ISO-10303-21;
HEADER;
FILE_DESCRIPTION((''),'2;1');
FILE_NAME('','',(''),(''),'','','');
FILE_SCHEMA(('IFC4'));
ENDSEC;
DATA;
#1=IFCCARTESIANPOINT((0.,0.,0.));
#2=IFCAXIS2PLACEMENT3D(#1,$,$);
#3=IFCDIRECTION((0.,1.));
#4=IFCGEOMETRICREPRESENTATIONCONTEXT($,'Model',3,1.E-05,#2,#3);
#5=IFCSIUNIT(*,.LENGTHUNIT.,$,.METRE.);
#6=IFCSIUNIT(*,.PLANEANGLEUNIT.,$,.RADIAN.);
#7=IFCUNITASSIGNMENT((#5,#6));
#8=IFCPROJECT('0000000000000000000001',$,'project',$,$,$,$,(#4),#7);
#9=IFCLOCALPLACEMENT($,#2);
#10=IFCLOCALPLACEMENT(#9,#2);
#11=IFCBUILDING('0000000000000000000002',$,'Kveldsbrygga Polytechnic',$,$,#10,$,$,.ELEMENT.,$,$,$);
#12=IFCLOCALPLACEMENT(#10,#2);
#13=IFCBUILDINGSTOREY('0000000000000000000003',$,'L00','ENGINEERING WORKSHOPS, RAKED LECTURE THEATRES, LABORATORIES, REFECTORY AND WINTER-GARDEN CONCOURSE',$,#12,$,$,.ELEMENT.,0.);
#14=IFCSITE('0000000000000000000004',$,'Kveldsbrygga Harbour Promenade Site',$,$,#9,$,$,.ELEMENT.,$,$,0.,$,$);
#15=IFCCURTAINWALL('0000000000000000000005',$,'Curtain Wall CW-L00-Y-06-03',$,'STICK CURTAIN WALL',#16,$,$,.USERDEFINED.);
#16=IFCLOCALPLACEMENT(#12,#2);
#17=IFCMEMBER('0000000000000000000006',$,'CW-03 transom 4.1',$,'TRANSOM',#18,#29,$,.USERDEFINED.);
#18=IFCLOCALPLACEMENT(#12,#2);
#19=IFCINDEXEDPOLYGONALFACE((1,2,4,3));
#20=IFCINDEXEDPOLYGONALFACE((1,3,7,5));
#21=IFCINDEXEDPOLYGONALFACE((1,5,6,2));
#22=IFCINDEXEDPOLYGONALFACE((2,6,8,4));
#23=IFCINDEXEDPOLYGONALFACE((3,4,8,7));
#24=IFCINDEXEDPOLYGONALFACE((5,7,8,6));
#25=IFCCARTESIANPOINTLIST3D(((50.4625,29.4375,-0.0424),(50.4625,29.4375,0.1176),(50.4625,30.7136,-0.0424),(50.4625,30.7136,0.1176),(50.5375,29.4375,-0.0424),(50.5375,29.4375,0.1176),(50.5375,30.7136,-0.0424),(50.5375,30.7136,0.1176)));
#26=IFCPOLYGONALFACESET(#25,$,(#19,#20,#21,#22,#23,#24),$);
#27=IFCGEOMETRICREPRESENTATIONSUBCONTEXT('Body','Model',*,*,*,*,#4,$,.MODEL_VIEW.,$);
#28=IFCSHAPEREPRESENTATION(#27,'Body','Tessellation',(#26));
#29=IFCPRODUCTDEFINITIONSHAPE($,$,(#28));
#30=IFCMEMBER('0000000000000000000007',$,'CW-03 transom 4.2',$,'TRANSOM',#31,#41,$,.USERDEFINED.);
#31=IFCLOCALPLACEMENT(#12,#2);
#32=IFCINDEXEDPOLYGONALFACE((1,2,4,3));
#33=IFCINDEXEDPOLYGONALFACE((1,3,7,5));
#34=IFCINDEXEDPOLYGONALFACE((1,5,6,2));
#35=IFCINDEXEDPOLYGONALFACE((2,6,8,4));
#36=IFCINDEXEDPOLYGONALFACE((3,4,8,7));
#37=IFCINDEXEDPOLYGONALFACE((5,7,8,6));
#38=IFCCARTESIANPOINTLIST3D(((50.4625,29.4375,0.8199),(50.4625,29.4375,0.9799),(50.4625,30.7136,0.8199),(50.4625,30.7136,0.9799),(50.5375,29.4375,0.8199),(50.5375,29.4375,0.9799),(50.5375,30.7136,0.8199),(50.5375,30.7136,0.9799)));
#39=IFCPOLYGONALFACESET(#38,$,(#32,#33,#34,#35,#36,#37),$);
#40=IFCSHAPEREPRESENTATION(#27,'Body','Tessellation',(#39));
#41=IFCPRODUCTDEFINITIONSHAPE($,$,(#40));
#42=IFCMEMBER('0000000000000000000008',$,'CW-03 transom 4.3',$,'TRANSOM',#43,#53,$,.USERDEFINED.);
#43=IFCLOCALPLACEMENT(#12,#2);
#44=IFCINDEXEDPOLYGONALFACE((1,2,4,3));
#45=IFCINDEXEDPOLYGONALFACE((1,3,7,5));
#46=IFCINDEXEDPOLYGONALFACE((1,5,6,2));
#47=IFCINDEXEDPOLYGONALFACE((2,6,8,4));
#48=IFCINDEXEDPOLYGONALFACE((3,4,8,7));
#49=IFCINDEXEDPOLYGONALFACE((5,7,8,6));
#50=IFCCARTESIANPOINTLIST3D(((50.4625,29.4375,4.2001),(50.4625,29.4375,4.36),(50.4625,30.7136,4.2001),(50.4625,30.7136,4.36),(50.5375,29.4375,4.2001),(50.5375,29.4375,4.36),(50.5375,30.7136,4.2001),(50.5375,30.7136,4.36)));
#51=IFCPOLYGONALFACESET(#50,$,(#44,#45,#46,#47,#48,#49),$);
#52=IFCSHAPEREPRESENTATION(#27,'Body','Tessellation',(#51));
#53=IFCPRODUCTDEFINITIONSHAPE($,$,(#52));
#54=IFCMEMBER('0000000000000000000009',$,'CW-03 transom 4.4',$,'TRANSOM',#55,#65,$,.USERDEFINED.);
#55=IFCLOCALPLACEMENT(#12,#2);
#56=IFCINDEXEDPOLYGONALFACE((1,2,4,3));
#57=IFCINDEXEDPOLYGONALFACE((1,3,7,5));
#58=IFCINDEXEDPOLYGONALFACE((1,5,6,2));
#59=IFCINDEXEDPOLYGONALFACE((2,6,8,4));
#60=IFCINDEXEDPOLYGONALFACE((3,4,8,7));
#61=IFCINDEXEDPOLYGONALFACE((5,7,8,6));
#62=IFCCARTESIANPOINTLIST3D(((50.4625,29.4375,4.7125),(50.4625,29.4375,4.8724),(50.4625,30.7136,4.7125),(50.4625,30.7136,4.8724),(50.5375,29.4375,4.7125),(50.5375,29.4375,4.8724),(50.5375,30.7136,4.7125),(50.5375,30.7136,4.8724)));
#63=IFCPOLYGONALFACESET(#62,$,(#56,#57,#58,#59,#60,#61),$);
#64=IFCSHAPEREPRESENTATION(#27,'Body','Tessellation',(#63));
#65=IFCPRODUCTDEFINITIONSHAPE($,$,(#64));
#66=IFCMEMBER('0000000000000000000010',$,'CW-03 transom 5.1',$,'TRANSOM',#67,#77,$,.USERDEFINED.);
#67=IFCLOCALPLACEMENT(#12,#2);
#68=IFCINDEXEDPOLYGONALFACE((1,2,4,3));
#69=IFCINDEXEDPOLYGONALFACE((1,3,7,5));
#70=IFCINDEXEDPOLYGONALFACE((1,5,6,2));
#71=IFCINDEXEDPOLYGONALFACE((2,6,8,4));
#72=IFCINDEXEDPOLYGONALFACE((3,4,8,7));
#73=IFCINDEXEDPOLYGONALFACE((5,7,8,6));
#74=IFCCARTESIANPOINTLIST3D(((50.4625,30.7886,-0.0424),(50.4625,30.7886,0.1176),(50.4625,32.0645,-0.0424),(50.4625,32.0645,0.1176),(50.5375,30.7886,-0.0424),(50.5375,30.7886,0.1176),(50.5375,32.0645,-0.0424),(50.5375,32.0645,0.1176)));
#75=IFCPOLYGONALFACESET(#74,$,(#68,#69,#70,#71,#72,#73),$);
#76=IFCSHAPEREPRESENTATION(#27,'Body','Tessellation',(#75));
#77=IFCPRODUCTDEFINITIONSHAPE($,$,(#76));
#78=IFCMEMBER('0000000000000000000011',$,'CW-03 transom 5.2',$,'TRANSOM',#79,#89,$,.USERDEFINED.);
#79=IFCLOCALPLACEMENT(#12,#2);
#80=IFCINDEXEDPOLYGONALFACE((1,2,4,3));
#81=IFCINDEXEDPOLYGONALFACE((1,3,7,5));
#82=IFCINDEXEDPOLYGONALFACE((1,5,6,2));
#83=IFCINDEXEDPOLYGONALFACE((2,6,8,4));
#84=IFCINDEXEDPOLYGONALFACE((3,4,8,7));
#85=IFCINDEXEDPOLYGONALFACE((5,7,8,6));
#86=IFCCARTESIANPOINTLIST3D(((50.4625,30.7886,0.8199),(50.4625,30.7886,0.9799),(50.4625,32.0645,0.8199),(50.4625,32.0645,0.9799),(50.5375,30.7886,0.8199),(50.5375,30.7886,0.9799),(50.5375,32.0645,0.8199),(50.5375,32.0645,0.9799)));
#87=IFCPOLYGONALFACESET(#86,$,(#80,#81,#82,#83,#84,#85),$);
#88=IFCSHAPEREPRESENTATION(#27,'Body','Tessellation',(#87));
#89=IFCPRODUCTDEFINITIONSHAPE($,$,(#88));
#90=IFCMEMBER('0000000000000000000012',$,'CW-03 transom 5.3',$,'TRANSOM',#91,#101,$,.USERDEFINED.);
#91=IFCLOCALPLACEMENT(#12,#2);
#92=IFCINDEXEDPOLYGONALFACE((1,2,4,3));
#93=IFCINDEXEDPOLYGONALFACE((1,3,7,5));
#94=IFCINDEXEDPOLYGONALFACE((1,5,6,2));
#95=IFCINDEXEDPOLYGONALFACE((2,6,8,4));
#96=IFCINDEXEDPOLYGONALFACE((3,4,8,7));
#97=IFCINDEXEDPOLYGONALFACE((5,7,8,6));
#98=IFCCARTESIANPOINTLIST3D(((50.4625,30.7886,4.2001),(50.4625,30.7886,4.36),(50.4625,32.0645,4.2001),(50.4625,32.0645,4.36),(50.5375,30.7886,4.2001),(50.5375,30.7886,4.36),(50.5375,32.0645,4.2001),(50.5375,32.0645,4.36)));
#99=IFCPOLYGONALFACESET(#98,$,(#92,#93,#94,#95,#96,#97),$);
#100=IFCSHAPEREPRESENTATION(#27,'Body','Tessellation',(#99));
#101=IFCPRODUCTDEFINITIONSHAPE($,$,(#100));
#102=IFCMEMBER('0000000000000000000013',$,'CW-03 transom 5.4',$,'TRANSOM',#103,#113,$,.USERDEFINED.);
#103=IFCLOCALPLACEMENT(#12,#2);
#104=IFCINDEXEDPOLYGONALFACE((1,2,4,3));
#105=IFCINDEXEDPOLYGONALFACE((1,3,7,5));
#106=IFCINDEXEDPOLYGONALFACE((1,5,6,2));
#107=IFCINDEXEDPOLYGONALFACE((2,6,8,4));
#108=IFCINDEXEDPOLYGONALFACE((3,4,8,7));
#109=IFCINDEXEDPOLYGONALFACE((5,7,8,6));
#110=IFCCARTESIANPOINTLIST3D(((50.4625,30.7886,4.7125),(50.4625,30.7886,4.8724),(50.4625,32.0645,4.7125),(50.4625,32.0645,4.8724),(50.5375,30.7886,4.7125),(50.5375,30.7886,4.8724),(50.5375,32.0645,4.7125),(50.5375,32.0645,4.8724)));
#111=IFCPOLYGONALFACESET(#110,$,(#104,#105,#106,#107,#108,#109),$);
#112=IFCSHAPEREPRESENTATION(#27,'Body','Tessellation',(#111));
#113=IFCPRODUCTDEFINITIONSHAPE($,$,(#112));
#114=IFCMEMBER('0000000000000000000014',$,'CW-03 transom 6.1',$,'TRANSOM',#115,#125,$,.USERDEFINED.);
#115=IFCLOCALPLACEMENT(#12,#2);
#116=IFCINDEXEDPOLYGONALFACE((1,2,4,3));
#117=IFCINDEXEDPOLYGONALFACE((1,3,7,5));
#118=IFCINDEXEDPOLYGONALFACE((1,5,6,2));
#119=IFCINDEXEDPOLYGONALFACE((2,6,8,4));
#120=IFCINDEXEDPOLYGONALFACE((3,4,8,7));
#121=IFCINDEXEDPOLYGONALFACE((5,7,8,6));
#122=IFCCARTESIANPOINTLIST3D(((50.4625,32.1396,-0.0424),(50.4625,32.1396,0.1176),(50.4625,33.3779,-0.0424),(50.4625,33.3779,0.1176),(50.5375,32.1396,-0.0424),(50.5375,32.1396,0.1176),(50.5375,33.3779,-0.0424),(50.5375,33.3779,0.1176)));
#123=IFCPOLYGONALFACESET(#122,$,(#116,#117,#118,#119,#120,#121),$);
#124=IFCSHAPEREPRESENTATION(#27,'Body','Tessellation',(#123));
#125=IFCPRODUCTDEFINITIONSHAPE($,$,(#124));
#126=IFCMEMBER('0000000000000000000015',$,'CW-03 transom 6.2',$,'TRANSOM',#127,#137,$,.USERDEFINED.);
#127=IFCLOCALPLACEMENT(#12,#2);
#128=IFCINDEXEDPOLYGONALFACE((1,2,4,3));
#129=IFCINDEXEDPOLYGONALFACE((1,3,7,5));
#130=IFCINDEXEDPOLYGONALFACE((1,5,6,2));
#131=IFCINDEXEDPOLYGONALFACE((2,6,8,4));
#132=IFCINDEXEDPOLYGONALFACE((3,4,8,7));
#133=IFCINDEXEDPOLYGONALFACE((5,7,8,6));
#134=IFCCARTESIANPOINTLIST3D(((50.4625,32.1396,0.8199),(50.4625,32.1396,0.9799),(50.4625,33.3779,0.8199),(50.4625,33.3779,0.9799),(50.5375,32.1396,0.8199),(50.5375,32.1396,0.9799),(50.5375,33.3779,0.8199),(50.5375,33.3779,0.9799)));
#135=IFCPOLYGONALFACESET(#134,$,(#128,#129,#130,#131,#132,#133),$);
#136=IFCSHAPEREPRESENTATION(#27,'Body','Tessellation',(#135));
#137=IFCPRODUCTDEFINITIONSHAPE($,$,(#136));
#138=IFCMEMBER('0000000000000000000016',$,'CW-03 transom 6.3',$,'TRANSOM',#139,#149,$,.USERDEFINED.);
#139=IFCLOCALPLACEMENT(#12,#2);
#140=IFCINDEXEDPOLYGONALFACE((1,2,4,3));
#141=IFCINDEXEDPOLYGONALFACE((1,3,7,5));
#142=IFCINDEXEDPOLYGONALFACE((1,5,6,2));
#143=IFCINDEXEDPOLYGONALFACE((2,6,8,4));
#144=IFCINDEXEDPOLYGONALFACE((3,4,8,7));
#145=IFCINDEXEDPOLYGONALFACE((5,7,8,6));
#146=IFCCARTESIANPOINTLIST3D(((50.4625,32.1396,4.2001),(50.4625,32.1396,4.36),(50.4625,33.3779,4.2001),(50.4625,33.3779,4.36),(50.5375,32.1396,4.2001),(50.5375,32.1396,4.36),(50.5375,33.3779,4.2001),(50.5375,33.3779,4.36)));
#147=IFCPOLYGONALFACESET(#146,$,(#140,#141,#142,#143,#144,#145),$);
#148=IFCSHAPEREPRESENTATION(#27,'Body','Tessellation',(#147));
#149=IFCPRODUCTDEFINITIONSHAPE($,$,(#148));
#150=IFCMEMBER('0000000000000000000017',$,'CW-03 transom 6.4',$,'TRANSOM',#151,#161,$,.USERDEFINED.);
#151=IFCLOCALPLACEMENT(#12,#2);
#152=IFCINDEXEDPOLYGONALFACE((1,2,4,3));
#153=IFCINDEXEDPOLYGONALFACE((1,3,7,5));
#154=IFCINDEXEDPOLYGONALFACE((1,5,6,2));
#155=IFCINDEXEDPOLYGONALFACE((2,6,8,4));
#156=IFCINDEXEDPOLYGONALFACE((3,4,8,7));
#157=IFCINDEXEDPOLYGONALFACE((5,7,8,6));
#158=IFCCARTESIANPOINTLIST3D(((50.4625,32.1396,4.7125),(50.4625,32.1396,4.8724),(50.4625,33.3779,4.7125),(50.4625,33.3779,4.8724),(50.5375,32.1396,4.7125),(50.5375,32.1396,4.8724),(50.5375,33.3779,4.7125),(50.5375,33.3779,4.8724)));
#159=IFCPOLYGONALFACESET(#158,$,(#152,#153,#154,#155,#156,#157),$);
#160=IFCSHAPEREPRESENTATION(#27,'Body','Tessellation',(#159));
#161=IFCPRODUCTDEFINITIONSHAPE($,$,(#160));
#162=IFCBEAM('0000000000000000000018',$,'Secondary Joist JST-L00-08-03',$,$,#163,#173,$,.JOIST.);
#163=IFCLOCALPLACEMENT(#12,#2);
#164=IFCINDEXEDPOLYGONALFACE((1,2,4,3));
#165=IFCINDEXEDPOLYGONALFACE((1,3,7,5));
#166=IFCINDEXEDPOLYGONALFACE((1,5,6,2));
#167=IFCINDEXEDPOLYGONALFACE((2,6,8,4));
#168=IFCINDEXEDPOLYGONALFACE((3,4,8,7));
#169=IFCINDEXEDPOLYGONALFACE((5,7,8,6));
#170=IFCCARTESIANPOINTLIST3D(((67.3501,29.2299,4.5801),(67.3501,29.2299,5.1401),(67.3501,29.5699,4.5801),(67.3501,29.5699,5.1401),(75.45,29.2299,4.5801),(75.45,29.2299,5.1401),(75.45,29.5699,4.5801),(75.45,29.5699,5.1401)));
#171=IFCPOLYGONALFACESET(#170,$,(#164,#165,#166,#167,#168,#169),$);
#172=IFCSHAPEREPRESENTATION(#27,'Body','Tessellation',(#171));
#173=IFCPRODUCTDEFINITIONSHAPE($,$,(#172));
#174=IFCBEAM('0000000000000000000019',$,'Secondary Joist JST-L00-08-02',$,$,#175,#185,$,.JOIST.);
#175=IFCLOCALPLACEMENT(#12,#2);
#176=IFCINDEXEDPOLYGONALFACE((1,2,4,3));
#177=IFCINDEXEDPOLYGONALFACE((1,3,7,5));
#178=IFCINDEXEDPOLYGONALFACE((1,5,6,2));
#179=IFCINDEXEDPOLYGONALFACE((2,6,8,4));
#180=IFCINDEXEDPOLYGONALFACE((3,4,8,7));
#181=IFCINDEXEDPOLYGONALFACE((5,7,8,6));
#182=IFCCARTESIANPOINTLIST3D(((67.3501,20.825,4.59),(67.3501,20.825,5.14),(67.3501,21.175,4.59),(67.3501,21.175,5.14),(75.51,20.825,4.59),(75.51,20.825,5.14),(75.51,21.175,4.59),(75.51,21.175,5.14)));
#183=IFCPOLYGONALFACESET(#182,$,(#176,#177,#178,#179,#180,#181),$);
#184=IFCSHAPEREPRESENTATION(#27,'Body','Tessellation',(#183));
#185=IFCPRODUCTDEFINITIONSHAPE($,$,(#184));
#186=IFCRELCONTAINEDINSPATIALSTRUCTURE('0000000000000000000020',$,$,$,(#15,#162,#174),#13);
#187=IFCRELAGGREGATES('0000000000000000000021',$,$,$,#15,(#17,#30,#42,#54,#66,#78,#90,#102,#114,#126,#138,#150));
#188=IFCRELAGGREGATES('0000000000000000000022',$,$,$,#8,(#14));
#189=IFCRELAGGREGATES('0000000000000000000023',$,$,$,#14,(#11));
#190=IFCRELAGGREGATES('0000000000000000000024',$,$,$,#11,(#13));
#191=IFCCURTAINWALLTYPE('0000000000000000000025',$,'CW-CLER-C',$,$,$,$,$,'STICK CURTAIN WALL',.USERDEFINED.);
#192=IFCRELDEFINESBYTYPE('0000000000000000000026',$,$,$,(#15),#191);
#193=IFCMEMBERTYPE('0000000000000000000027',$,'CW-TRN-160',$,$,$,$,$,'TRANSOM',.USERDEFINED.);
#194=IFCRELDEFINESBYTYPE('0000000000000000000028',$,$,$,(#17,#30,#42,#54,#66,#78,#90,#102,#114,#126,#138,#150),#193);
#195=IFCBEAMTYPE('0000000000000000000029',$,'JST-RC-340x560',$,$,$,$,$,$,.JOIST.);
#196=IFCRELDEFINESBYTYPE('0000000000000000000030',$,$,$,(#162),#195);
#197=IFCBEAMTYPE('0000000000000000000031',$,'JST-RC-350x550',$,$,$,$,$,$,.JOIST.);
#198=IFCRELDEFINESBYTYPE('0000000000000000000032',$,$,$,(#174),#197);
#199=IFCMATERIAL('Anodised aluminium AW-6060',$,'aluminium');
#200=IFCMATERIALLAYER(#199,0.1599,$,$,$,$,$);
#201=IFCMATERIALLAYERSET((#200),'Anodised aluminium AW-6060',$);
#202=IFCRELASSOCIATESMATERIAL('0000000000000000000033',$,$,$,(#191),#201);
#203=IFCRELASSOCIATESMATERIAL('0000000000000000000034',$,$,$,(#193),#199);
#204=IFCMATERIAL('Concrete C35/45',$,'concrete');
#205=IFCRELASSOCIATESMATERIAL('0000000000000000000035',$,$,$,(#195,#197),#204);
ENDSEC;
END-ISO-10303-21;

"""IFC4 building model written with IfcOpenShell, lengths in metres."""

from ifc_helpers import new_model, si_unit, direction, frame, origin, origin_2d, place, context, subcontext, project, spatial, rectangle, extrude, material, layer, layer_set, material_profile, profile_set, type_object, element, aggregate, save


model = new_model("IFC4")

# Units and contexts
model_context = context("Model", 3, precision=1e-05, world=origin(), true_north=direction((0.0, 1.0)))
body_context = subcontext(model_context, "Body", "Model", "MODEL_VIEW")
ifc_project = project(units=[si_unit("LENGTHUNIT", "METRE"), si_unit("PLANEANGLEUNIT", "RADIAN")], contexts=[model_context])

# Site, building, storey
site_placement = place(None, origin())
site = spatial("IfcSite", under=ifc_project, at=site_placement, Name="Kveldsbrygga Harbour Promenade Site", CompositionType="ELEMENT", RefElevation=0.0)
building_placement = place(site_placement, origin())
building = spatial("IfcBuilding", under=site, at=building_placement, Name="Kveldsbrygga Polytechnic", CompositionType="ELEMENT")
storey_placement = place(building_placement, origin())
storey = spatial("IfcBuildingStorey", under=building, at=storey_placement, Name="L00", Description="ENGINEERING WORKSHOPS, RAKED LECTURE THEATRES, LABORATORIES, REFECTORY AND WINTER-GARDEN CONCOURSE", CompositionType="ELEMENT", Elevation=0.0)

# Shared definitions
ifc_material_1 = material(Name="Concrete C35/45", Category="concrete")

# Shared definitions
ifc_material_2 = material(Name="Anodised aluminium AW-6060", Category="aluminium")

# Curtain wall, members
ifc_layer_1 = layer(ifc_material_2, 0.1599)
ifc_layer_set_1 = layer_set([ifc_layer_1], Name="Anodised aluminium AW-6060")
curtain_wall_type_1 = type_object("IfcCurtainWallType", Name="CW-CLER-C", ElementType="STICK CURTAIN WALL", PredefinedType="USERDEFINED", material=ifc_layer_set_1)
curtain_wall_1_placement = place(storey_placement, origin())
curtain_wall_1 = element("IfcCurtainWall", 1, at=curtain_wall_1_placement, inside=storey, type_object=curtain_wall_type_1, Name="Curtain Wall CW-L00-Y-06-03", ObjectType="STICK CURTAIN WALL", PredefinedType="USERDEFINED")
ifc_material_profile_1 = material_profile(ifc_material_2, rectangle(XDim=0.075, YDim=0.1599, at=origin_2d()), Name="ALU 75x160")
ifc_profile_set_1 = profile_set([ifc_material_profile_1], Name="Anodised aluminium AW-6060")
member_type_1 = type_object("IfcMemberType", Name="CW-TRN-160", ElementType="TRANSOM", PredefinedType="USERDEFINED", material=ifc_profile_set_1)
member_1_placement = place(storey_placement, frame((50.5, 29.4375, 0.0376), z_axis=(0.0, 1.0, 0.0), x_axis=(-1.0, 0.0, 0.0)))
member_1 = element("IfcMember", 2, at=member_1_placement, type_object=member_type_1, Name="CW-03 transom 4.1", ObjectType="TRANSOM", PredefinedType="USERDEFINED", context=body_context, shape_type="SweptSolid", body=[
    extrude(rectangle(XDim=0.075, YDim=0.1599, at=origin_2d()), origin(), (0.0, 0.0, 1.0), 1.2761),
])
member_2_placement = place(storey_placement, frame((50.5, 29.4375, 0.8999), z_axis=(0.0, 1.0, 0.0), x_axis=(-1.0, 0.0, 0.0)))
member_2 = element("IfcMember", 3, at=member_2_placement, type_object=member_type_1, Name="CW-03 transom 4.2", ObjectType="TRANSOM", PredefinedType="USERDEFINED", context=body_context, shape_type="SweptSolid", body=[
    extrude(rectangle(XDim=0.075, YDim=0.1599, at=origin_2d()), origin(), (0.0, 0.0, 1.0), 1.2761),
])
member_3_placement = place(storey_placement, frame((50.5, 29.4375, 4.28), z_axis=(0.0, 1.0, 0.0), x_axis=(-1.0, 0.0, 0.0)))
member_3 = element("IfcMember", 4, at=member_3_placement, type_object=member_type_1, Name="CW-03 transom 4.3", ObjectType="TRANSOM", PredefinedType="USERDEFINED", context=body_context, shape_type="SweptSolid", body=[
    extrude(rectangle(XDim=0.075, YDim=0.1599, at=origin_2d()), origin(), (0.0, 0.0, 1.0), 1.2761),
])
member_4_placement = place(storey_placement, frame((50.5, 29.4375, 4.7925), z_axis=(0.0, 1.0, 0.0), x_axis=(-1.0, 0.0, 0.0)))
member_4 = element("IfcMember", 5, at=member_4_placement, type_object=member_type_1, Name="CW-03 transom 4.4", ObjectType="TRANSOM", PredefinedType="USERDEFINED", context=body_context, shape_type="SweptSolid", body=[
    extrude(rectangle(XDim=0.075, YDim=0.1599, at=origin_2d()), origin(), (0.0, 0.0, 1.0), 1.2761),
])
member_5_placement = place(storey_placement, frame((50.5, 30.7886, 0.0376), z_axis=(0.0, 1.0, 0.0), x_axis=(-1.0, 0.0, 0.0)))
member_5 = element("IfcMember", 6, at=member_5_placement, type_object=member_type_1, Name="CW-03 transom 5.1", ObjectType="TRANSOM", PredefinedType="USERDEFINED", context=body_context, shape_type="SweptSolid", body=[
    extrude(rectangle(XDim=0.075, YDim=0.1599, at=origin_2d()), origin(), (0.0, 0.0, 1.0), 1.2759),
])
member_6_placement = place(storey_placement, frame((50.5, 30.7886, 0.8999), z_axis=(0.0, 1.0, 0.0), x_axis=(-1.0, 0.0, 0.0)))
member_6 = element("IfcMember", 7, at=member_6_placement, type_object=member_type_1, Name="CW-03 transom 5.2", ObjectType="TRANSOM", PredefinedType="USERDEFINED", context=body_context, shape_type="SweptSolid", body=[
    extrude(rectangle(XDim=0.075, YDim=0.1599, at=origin_2d()), origin(), (0.0, 0.0, 1.0), 1.2759),
])
member_7_placement = place(storey_placement, frame((50.5, 30.7886, 4.28), z_axis=(0.0, 1.0, 0.0), x_axis=(-1.0, 0.0, 0.0)))
member_7 = element("IfcMember", 8, at=member_7_placement, type_object=member_type_1, Name="CW-03 transom 5.3", ObjectType="TRANSOM", PredefinedType="USERDEFINED", context=body_context, shape_type="SweptSolid", body=[
    extrude(rectangle(XDim=0.075, YDim=0.1599, at=origin_2d()), origin(), (0.0, 0.0, 1.0), 1.2759),
])
member_8_placement = place(storey_placement, frame((50.5, 30.7886, 4.7925), z_axis=(0.0, 1.0, 0.0), x_axis=(-1.0, 0.0, 0.0)))
member_8 = element("IfcMember", 9, at=member_8_placement, type_object=member_type_1, Name="CW-03 transom 5.4", ObjectType="TRANSOM", PredefinedType="USERDEFINED", context=body_context, shape_type="SweptSolid", body=[
    extrude(rectangle(XDim=0.075, YDim=0.1599, at=origin_2d()), origin(), (0.0, 0.0, 1.0), 1.2759),
])
member_9_placement = place(storey_placement, frame((50.5, 32.1396, 0.0376), z_axis=(0.0, 1.0, 0.0), x_axis=(-1.0, 0.0, 0.0)))
member_9 = element("IfcMember", 10, at=member_9_placement, type_object=member_type_1, Name="CW-03 transom 6.1", ObjectType="TRANSOM", PredefinedType="USERDEFINED", context=body_context, shape_type="SweptSolid", body=[
    extrude(rectangle(XDim=0.075, YDim=0.1599, at=origin_2d()), origin(), (0.0, 0.0, 1.0), 1.2383),
])
member_10_placement = place(storey_placement, frame((50.5, 32.1396, 0.8999), z_axis=(0.0, 1.0, 0.0), x_axis=(-1.0, 0.0, 0.0)))
member_10 = element("IfcMember", 11, at=member_10_placement, type_object=member_type_1, Name="CW-03 transom 6.2", ObjectType="TRANSOM", PredefinedType="USERDEFINED", context=body_context, shape_type="SweptSolid", body=[
    extrude(rectangle(XDim=0.075, YDim=0.1599, at=origin_2d()), origin(), (0.0, 0.0, 1.0), 1.2383),
])
member_11_placement = place(storey_placement, frame((50.5, 32.1396, 4.28), z_axis=(0.0, 1.0, 0.0), x_axis=(-1.0, 0.0, 0.0)))
member_11 = element("IfcMember", 12, at=member_11_placement, type_object=member_type_1, Name="CW-03 transom 6.3", ObjectType="TRANSOM", PredefinedType="USERDEFINED", context=body_context, shape_type="SweptSolid", body=[
    extrude(rectangle(XDim=0.075, YDim=0.1599, at=origin_2d()), origin(), (0.0, 0.0, 1.0), 1.2383),
])
member_12_placement = place(storey_placement, frame((50.5, 32.1396, 4.7925), z_axis=(0.0, 1.0, 0.0), x_axis=(-1.0, 0.0, 0.0)))
member_12 = element("IfcMember", 13, at=member_12_placement, type_object=member_type_1, Name="CW-03 transom 6.4", ObjectType="TRANSOM", PredefinedType="USERDEFINED", context=body_context, shape_type="SweptSolid", body=[
    extrude(rectangle(XDim=0.075, YDim=0.1599, at=origin_2d()), origin(), (0.0, 0.0, 1.0), 1.2383),
])

# Beams
ifc_material_profile_2 = material_profile(ifc_material_1, rectangle(XDim=0.3401, YDim=0.5601, at=origin_2d()), Name="RC 340x560")
ifc_profile_set_2 = profile_set([ifc_material_profile_2], Name="Concrete C35/45")
beam_type_1 = type_object("IfcBeamType", Name="JST-RC-340x560", PredefinedType="JOIST", material=ifc_profile_set_2)
beam_1_placement = place(storey_placement, frame((67.3501, 29.3999, 4.8601), z_axis=(1.0, 0.0, 0.0), x_axis=(0.0, 1.0, 0.0)))
element("IfcBeam", 14, at=beam_1_placement, inside=storey, type_object=beam_type_1, Name="Secondary Joist JST-L00-08-03", PredefinedType="JOIST", context=body_context, shape_type="SweptSolid", body=[
    extrude(rectangle(XDim=0.3401, YDim=0.5601, at=origin_2d()), origin(), (0.0, 0.0, 1.0), 8.0999),
])
ifc_material_profile_3 = material_profile(ifc_material_1, rectangle(XDim=0.3501, YDim=0.55, at=origin_2d()), Name="RC 350x550")
ifc_profile_set_3 = profile_set([ifc_material_profile_3], Name="Concrete C35/45")
beam_type_2 = type_object("IfcBeamType", Name="JST-RC-350x550", PredefinedType="JOIST", material=ifc_profile_set_3)
beam_2_placement = place(storey_placement, frame((67.3501, 21.0, 4.865), z_axis=(1.0, 0.0, 0.0), x_axis=(0.0, 1.0, 0.0)))
element("IfcBeam", 15, at=beam_2_placement, inside=storey, type_object=beam_type_2, Name="Secondary Joist JST-L00-08-02", PredefinedType="JOIST", context=body_context, shape_type="SweptSolid", body=[
    extrude(rectangle(XDim=0.3501, YDim=0.55, at=origin_2d()), origin(), (0.0, 0.0, 1.0), 8.1599),
])

aggregate(curtain_wall_1, [member_1, member_2, member_3, member_4, member_5, member_6, member_7, member_8, member_9, member_10, member_11, member_12])

save(model, "model.ifc")
